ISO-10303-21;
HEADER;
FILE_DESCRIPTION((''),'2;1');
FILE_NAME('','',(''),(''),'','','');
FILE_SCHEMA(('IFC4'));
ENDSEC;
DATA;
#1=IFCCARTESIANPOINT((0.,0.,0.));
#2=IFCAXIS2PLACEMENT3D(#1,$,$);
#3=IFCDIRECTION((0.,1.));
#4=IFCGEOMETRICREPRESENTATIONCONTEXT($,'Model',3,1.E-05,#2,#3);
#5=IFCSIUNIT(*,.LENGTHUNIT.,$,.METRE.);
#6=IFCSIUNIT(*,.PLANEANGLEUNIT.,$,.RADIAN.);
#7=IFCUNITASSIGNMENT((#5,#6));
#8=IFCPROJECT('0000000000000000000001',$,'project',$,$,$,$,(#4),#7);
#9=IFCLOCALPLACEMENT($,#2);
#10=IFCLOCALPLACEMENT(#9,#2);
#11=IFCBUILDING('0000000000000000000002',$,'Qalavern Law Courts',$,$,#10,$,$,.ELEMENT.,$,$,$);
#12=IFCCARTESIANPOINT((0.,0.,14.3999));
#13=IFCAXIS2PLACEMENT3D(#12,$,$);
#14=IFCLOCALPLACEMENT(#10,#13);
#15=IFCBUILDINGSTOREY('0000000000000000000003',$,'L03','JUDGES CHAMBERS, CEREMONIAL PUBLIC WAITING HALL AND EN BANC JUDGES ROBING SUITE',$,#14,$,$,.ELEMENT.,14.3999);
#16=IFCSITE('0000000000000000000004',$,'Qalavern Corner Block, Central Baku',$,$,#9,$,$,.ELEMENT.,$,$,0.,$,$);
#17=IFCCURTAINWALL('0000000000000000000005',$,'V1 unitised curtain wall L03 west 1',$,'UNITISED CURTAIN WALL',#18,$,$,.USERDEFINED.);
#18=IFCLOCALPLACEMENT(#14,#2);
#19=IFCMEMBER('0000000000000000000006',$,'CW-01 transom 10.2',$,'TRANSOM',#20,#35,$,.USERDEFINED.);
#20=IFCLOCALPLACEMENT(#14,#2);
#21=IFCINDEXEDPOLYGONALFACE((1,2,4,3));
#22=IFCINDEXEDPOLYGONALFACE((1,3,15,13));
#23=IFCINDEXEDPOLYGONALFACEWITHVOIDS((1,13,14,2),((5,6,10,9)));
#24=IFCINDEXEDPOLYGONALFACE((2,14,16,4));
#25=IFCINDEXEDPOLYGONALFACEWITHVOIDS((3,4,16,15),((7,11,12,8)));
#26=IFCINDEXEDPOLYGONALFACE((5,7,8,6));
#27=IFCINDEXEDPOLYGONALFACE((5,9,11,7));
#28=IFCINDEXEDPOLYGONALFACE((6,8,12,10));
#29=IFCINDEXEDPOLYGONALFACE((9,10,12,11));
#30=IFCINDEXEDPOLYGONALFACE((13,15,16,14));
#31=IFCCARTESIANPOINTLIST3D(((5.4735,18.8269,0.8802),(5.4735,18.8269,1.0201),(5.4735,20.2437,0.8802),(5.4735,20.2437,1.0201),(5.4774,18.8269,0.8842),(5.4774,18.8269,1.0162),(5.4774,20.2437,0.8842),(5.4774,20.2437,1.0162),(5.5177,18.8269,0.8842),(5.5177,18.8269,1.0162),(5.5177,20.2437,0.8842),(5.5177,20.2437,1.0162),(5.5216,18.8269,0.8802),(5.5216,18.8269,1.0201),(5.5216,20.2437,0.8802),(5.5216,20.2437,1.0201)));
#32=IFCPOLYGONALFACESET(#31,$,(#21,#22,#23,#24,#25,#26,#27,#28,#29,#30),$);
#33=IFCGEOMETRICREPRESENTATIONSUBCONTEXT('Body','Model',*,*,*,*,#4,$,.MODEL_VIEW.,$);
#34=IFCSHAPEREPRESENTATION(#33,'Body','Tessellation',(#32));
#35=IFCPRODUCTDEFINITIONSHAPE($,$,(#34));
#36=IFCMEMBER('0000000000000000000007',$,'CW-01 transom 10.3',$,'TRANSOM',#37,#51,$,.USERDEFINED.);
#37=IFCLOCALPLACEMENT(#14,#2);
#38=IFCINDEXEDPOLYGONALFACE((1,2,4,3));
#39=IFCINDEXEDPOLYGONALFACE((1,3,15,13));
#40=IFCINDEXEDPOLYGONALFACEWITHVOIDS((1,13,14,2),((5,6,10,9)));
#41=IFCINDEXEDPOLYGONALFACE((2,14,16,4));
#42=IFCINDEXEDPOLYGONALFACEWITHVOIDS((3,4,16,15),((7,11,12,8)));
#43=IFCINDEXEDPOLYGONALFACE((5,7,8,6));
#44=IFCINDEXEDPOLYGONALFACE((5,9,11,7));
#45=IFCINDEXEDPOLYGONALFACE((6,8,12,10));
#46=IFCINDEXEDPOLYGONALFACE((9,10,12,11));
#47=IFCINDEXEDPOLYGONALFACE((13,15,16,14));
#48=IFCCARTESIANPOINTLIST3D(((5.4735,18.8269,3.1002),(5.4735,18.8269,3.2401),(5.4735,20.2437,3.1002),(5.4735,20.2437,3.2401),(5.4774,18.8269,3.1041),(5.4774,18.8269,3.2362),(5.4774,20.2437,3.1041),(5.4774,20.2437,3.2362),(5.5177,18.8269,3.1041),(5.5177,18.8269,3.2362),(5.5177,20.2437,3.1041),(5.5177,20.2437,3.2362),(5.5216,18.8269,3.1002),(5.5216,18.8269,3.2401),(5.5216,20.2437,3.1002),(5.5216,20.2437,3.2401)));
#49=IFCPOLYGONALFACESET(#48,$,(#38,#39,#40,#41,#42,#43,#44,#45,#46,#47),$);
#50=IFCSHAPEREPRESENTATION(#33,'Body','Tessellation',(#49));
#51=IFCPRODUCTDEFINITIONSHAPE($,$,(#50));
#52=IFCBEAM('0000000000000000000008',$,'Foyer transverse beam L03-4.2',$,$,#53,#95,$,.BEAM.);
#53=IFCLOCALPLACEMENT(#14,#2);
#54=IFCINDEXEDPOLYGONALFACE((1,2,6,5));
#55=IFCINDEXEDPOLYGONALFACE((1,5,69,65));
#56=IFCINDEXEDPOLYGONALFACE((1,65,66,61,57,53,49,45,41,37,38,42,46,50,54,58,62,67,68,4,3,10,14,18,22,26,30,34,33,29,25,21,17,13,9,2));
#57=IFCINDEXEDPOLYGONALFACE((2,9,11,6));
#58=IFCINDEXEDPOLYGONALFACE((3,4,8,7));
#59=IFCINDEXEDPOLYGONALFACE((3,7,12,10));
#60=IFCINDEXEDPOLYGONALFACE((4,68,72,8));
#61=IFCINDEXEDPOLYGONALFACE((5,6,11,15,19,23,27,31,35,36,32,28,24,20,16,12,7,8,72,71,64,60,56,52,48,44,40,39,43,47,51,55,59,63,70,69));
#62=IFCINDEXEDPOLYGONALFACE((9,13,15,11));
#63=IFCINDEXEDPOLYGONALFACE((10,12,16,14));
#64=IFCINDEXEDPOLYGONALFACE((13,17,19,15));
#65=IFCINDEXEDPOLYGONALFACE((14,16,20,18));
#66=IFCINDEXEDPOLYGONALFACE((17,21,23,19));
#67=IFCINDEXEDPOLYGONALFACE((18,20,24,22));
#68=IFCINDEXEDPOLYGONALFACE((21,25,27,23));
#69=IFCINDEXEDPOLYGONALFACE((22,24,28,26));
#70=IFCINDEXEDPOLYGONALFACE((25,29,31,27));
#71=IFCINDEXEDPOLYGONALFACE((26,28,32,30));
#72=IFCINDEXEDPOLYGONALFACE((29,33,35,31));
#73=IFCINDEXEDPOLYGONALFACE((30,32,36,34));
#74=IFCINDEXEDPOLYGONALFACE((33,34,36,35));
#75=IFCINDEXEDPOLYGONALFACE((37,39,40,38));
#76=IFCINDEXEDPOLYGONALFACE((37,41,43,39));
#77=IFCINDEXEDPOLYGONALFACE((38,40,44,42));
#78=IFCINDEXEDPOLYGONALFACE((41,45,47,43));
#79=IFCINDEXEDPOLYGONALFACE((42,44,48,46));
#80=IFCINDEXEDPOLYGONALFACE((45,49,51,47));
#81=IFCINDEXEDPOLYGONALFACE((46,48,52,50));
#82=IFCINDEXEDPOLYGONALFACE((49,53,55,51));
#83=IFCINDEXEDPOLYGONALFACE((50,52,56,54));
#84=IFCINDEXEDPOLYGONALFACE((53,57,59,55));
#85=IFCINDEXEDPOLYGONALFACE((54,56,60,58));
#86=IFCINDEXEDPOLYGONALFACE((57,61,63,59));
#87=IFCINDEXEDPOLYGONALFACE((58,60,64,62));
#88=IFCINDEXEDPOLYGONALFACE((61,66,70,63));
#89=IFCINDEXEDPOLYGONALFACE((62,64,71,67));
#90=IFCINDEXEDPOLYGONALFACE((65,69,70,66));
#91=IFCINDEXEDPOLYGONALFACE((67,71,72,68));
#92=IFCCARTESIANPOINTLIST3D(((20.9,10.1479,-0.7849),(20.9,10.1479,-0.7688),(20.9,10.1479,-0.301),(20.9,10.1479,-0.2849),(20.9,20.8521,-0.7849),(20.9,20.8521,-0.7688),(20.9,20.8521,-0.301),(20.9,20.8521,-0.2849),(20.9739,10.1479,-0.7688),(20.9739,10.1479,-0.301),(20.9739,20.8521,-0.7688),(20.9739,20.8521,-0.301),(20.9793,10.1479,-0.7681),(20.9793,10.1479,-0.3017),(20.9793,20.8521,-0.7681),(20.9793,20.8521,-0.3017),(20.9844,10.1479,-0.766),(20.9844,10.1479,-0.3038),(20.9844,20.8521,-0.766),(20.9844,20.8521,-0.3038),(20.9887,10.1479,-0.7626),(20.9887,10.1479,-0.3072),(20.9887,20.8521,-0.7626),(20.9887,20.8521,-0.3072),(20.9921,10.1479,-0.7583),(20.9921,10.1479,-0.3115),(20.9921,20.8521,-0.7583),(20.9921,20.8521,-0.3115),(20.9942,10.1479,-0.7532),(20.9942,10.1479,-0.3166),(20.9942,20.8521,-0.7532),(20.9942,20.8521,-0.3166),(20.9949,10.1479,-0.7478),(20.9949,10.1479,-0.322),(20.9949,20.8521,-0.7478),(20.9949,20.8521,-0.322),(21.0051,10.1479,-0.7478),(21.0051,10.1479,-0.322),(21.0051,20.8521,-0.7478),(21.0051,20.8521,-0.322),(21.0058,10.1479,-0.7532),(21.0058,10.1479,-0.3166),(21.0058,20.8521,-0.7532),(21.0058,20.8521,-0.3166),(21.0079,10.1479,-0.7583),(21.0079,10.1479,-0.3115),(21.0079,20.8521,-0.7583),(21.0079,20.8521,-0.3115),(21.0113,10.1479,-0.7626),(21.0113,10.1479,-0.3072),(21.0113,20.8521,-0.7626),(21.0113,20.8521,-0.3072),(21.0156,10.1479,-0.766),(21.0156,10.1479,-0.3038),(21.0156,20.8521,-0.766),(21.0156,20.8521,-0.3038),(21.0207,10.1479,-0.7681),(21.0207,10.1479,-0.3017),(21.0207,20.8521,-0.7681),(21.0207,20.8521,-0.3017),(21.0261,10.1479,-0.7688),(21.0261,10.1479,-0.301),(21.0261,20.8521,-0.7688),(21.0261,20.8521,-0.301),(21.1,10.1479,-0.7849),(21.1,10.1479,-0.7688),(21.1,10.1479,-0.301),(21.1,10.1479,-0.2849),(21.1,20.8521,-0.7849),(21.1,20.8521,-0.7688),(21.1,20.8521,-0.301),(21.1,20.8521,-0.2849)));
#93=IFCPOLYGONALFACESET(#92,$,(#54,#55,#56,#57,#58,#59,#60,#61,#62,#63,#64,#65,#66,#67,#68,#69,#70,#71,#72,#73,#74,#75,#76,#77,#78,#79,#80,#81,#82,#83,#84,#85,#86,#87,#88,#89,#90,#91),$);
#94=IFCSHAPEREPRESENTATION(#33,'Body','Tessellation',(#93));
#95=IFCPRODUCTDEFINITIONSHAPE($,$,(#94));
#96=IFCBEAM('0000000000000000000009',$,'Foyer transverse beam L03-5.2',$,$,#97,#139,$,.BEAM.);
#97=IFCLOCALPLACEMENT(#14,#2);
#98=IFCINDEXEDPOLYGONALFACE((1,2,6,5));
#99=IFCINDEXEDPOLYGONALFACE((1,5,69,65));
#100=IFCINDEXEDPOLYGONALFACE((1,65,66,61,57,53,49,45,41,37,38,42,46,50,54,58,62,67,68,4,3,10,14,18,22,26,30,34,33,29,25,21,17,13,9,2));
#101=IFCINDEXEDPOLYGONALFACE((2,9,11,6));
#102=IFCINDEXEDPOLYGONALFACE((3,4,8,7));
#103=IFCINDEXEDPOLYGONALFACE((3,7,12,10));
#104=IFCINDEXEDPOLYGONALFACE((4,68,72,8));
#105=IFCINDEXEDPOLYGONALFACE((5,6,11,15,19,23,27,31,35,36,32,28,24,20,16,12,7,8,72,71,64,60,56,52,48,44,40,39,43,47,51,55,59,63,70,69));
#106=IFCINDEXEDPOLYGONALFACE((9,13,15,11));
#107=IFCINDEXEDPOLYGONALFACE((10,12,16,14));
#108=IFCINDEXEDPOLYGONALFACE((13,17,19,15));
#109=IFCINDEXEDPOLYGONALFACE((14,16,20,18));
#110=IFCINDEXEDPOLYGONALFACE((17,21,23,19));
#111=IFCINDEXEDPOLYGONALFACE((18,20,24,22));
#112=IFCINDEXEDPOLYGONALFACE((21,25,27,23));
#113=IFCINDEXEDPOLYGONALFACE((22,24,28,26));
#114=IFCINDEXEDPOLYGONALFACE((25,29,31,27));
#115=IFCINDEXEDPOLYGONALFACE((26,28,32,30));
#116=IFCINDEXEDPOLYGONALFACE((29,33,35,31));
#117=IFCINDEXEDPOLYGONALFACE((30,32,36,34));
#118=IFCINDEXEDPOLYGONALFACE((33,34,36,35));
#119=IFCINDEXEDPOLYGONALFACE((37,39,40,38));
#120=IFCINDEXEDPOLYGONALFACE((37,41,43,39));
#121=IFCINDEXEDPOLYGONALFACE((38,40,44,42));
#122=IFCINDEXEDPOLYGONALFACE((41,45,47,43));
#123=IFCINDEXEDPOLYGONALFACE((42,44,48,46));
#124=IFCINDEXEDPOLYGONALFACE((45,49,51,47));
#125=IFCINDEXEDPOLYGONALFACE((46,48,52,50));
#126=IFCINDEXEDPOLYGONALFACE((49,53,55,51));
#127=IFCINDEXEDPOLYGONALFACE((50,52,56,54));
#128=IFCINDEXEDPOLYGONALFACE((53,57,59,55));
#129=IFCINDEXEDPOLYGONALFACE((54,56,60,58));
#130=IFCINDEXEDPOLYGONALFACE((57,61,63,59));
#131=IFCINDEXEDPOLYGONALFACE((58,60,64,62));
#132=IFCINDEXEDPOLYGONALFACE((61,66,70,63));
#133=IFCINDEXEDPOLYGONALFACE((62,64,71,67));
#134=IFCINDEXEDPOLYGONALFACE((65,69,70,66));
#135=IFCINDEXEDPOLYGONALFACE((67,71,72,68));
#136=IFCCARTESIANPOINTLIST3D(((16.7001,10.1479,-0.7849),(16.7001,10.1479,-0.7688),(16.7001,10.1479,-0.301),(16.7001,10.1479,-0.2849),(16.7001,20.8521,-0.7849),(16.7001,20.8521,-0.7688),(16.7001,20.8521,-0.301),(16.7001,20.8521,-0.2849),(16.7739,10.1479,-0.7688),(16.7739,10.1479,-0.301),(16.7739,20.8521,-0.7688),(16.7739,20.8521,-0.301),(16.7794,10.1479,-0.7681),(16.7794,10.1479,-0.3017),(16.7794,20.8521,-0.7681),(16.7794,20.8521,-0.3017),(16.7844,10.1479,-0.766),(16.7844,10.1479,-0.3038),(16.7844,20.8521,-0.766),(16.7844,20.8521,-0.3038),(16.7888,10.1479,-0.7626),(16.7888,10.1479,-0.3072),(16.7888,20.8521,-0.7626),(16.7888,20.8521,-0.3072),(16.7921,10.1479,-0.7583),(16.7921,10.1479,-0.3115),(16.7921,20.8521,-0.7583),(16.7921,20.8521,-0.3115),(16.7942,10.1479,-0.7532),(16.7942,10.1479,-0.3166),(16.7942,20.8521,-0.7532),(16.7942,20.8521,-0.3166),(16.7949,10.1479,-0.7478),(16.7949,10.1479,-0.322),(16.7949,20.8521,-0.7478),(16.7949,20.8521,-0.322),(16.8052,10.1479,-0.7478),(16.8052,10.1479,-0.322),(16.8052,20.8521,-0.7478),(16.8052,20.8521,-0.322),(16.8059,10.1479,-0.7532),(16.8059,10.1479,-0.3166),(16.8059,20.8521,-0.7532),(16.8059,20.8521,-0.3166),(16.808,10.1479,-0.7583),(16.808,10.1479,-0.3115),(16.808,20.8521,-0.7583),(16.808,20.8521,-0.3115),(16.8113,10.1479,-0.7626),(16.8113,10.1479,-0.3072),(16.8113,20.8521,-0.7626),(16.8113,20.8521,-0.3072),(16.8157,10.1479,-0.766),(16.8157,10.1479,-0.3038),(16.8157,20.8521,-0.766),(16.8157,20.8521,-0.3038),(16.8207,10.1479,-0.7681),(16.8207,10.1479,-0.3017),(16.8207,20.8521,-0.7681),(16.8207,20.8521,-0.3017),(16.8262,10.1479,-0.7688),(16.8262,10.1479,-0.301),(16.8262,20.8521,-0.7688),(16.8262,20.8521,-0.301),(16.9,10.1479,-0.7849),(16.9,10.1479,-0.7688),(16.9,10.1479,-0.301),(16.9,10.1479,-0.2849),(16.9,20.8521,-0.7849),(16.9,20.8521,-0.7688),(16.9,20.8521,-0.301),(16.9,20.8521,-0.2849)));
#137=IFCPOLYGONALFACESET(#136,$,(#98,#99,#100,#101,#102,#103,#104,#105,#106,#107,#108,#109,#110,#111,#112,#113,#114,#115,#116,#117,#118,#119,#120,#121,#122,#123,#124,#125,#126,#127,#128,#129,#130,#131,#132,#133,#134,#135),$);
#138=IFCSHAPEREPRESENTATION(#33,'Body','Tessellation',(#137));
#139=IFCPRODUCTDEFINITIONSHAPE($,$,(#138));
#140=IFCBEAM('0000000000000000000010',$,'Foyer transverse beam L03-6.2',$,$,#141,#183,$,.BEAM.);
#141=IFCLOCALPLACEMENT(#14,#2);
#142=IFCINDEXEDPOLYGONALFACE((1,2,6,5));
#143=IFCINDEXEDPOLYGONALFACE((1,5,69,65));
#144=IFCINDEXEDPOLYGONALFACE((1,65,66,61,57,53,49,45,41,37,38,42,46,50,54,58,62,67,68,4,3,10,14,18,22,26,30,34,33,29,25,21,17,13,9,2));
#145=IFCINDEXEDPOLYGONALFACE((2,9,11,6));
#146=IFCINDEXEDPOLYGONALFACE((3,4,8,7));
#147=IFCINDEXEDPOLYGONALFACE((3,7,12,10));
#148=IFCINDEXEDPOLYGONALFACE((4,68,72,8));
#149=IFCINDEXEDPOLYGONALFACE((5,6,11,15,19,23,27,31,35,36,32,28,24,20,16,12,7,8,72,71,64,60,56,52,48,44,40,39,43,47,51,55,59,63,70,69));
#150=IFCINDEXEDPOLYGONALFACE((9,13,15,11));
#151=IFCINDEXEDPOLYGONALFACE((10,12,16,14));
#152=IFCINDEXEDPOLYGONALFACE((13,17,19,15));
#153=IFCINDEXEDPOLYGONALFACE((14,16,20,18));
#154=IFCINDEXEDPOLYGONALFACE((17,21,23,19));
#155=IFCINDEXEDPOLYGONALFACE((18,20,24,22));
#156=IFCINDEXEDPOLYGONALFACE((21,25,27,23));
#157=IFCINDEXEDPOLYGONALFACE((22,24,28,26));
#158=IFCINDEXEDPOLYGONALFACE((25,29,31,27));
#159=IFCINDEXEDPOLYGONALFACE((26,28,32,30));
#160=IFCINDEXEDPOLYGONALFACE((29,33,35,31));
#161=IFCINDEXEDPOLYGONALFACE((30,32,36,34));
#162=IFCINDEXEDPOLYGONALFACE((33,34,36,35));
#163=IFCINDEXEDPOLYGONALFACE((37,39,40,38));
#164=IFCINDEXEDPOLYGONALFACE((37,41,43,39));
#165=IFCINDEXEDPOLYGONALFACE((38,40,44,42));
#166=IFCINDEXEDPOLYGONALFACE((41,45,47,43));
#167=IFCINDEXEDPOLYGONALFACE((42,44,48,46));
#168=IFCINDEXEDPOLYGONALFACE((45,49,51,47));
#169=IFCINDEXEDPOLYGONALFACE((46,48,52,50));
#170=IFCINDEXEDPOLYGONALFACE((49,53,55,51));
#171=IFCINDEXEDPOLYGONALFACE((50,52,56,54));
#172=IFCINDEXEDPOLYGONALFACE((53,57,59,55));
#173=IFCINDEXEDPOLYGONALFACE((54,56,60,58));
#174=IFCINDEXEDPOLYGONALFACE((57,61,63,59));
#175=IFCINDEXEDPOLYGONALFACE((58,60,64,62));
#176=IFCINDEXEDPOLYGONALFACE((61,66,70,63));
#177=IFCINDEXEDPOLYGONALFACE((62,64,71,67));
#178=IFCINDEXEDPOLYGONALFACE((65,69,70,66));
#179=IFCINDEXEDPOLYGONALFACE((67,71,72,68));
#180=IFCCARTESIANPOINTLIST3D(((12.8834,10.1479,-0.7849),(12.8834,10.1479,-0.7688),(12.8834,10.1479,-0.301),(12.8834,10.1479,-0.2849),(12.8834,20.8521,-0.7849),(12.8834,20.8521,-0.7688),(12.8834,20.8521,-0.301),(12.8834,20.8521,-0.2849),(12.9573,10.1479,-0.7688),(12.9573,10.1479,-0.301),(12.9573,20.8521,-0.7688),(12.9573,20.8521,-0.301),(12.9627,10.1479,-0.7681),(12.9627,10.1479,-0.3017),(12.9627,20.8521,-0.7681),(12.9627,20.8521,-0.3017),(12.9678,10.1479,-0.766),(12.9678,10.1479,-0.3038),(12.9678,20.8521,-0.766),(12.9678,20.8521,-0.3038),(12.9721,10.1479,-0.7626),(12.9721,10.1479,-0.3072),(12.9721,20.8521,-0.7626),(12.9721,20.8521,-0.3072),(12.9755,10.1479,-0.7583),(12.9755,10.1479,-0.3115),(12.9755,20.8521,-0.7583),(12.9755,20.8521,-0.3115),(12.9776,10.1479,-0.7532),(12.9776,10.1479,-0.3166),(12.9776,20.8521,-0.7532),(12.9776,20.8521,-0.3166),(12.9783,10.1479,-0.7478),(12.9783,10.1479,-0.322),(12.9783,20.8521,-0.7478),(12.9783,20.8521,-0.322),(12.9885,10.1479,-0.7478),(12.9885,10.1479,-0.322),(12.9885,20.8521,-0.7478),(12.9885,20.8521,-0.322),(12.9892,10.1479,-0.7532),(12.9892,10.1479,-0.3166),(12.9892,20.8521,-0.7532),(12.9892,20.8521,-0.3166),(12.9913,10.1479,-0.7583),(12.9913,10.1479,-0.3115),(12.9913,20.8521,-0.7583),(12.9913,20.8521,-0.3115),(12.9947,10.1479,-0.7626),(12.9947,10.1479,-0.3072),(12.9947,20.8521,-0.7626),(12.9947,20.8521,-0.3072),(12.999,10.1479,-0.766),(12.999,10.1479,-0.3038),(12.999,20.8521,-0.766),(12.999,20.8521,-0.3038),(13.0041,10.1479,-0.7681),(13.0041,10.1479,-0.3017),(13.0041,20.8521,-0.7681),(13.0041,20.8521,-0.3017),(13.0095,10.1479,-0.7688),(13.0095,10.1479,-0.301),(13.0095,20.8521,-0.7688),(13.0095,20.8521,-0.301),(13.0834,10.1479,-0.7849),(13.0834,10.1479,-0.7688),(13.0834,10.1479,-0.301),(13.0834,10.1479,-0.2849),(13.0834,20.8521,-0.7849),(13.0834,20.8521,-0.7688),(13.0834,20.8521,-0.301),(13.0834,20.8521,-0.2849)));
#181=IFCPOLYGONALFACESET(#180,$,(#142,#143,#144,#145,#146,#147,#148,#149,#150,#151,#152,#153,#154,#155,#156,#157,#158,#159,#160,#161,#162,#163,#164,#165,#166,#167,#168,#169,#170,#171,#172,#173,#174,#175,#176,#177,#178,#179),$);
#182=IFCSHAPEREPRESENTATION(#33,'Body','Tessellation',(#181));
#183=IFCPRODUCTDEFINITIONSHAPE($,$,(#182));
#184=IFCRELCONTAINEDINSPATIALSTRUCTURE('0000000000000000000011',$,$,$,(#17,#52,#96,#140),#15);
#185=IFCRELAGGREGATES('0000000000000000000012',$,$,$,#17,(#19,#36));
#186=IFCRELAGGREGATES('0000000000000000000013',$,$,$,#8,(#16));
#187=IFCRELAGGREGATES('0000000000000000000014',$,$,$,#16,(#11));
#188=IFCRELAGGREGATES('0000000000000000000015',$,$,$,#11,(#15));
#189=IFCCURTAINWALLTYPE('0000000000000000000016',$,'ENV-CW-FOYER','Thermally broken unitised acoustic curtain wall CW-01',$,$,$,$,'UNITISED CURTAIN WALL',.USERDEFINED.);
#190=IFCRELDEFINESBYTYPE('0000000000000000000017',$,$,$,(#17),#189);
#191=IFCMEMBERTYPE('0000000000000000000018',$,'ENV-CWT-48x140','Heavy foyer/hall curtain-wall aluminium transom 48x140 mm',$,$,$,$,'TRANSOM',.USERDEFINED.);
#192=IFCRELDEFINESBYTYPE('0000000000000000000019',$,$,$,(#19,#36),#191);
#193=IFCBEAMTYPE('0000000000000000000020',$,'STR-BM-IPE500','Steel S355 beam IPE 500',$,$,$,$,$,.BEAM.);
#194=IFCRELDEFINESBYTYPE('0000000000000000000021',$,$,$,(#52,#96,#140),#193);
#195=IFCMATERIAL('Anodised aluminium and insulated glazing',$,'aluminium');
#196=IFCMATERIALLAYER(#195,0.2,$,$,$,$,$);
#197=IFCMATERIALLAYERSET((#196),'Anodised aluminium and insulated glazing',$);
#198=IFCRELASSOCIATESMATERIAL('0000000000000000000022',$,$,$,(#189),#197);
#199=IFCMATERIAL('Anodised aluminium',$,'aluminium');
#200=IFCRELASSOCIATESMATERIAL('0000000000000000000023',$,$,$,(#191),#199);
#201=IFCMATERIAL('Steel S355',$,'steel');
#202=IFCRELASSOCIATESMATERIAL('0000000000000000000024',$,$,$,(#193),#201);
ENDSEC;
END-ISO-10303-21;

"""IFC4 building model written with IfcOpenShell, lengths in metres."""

from ifc_helpers import new_model, si_unit, direction, frame, origin, origin_2d, place, context, subcontext, project, spatial, hollow_rectangle, i_section, extrude, material, layer, layer_set, material_profile, profile_set, type_object, element, aggregate, save


model = new_model("IFC4")

# Units and contexts
model_context = context("Model", 3, precision=1e-05, world=origin(), true_north=direction((0.0, 1.0)))
body_context = subcontext(model_context, "Body", "Model", "MODEL_VIEW")
ifc_project = project(units=[si_unit("LENGTHUNIT", "METRE"), si_unit("PLANEANGLEUNIT", "RADIAN")], contexts=[model_context])

# Site, building, storey
site_placement = place(None, origin())
site = spatial("IfcSite", under=ifc_project, at=site_placement, Name="Qalavern Corner Block, Central Baku", CompositionType="ELEMENT", RefElevation=0.0)
building_placement = place(site_placement, origin())
building = spatial("IfcBuilding", under=site, at=building_placement, Name="Qalavern Law Courts", CompositionType="ELEMENT")
storey_placement = place(building_placement, frame((0.0, 0.0, 14.3999)))
storey = spatial("IfcBuildingStorey", under=building, at=storey_placement, Name="L03", Description="JUDGES CHAMBERS, CEREMONIAL PUBLIC WAITING HALL AND EN BANC JUDGES ROBING SUITE", CompositionType="ELEMENT", Elevation=14.3999)

# Curtain wall, members
ifc_material_1 = material(Name="Anodised aluminium and insulated glazing", Category="aluminium")
ifc_layer_1 = layer(ifc_material_1, 0.2)
ifc_layer_set_1 = layer_set([ifc_layer_1], Name="Anodised aluminium and insulated glazing")
curtain_wall_type = type_object("IfcCurtainWallType", Name="ENV-CW-FOYER", Description="Thermally broken unitised acoustic curtain wall CW-01", ElementType="UNITISED CURTAIN WALL", PredefinedType="USERDEFINED", material=ifc_layer_set_1)
curtain_wall_placement = place(storey_placement, origin())
curtain_wall = element("IfcCurtainWall", 1, at=curtain_wall_placement, inside=storey, type_object=curtain_wall_type, Name="V1 unitised curtain wall L03 west 1", ObjectType="UNITISED CURTAIN WALL", PredefinedType="USERDEFINED")
ifc_material_2 = material(Name="Anodised aluminium", Category="aluminium")
ifc_material_profile_1 = material_profile(ifc_material_2, hollow_rectangle(XDim=0.0481, YDim=0.1399, WallThickness=0.0039, at=origin_2d()), Name="ALU TRANSOM 48x140")
ifc_profile_set_1 = profile_set([ifc_material_profile_1], Name="Anodised aluminium")
member_type = type_object("IfcMemberType", Name="ENV-CWT-48x140", Description="Heavy foyer/hall curtain-wall aluminium transom 48x140 mm", ElementType="TRANSOM", PredefinedType="USERDEFINED", material=ifc_profile_set_1)
member_1_placement = place(storey_placement, frame((5.4976, 20.2437, 0.9502), z_axis=(0.0, -1.0, 0.0), x_axis=(1.0, 0.0, 0.0)))
member_1 = element("IfcMember", 2, at=member_1_placement, type_object=member_type, Name="CW-01 transom 10.2", ObjectType="TRANSOM", PredefinedType="USERDEFINED", context=body_context, shape_type="SweptSolid", body=[
    extrude(hollow_rectangle(XDim=0.0481, YDim=0.1399, WallThickness=0.0039, at=origin_2d()), origin(), (0.0, 0.0, 1.0), 1.4167),
])
member_2_placement = place(storey_placement, frame((5.4976, 20.2437, 3.1702), z_axis=(0.0, -1.0, 0.0), x_axis=(1.0, 0.0, 0.0)))
member_2 = element("IfcMember", 3, at=member_2_placement, type_object=member_type, Name="CW-01 transom 10.3", ObjectType="TRANSOM", PredefinedType="USERDEFINED", context=body_context, shape_type="SweptSolid", body=[
    extrude(hollow_rectangle(XDim=0.0481, YDim=0.1399, WallThickness=0.0039, at=origin_2d()), origin(), (0.0, 0.0, 1.0), 1.4167),
])
aggregate(curtain_wall, [member_1, member_2])

# Beams
ifc_material_3 = material(Name="Steel S355", Category="steel")
ifc_material_profile_2 = material_profile(ifc_material_3, i_section(OverallWidth=0.2, OverallDepth=0.5, WebThickness=0.0103, FlangeThickness=0.0161, FilletRadius=0.021, at=origin_2d()), Name="IPE 500")
ifc_profile_set_2 = profile_set([ifc_material_profile_2], Name="Steel S355")
beam_type_1 = type_object("IfcBeamType", Name="STR-BM-IPE500", Description="Steel S355 beam IPE 500", PredefinedType="BEAM", material=ifc_profile_set_2)
for number, where, z_axis, x_axis, name in (
    (4, (21.0, 10.1479, -0.5349), (0.0, 1.0, 0.0), (-1.0, 0.0, 0.0), "Foyer transverse beam L03-4.2"),
    (5, (16.8, 10.1479, -0.5349), (0.0, 1.0, 0.0), (-1.0, 0.0, 0.0), "Foyer transverse beam L03-5.2"),
    (6, (12.9834, 10.1479, -0.5349), (0.0, 1.0, 0.0), (-1.0, 0.0, 0.0), "Foyer transverse beam L03-6.2"),
):
    element("IfcBeam", number, at=place(storey_placement, frame(where, z_axis=z_axis, x_axis=x_axis)), inside=storey, type_object=beam_type_1, Name=name, PredefinedType="BEAM", context=body_context, shape_type="SweptSolid", body=[
        extrude(i_section(OverallWidth=0.2, OverallDepth=0.5, WebThickness=0.0103, FlangeThickness=0.0161, FilletRadius=0.021, at=origin_2d()), origin(), (0.0, 0.0, 1.0), 10.7041),
    ])

save(model, "model.ifc")
